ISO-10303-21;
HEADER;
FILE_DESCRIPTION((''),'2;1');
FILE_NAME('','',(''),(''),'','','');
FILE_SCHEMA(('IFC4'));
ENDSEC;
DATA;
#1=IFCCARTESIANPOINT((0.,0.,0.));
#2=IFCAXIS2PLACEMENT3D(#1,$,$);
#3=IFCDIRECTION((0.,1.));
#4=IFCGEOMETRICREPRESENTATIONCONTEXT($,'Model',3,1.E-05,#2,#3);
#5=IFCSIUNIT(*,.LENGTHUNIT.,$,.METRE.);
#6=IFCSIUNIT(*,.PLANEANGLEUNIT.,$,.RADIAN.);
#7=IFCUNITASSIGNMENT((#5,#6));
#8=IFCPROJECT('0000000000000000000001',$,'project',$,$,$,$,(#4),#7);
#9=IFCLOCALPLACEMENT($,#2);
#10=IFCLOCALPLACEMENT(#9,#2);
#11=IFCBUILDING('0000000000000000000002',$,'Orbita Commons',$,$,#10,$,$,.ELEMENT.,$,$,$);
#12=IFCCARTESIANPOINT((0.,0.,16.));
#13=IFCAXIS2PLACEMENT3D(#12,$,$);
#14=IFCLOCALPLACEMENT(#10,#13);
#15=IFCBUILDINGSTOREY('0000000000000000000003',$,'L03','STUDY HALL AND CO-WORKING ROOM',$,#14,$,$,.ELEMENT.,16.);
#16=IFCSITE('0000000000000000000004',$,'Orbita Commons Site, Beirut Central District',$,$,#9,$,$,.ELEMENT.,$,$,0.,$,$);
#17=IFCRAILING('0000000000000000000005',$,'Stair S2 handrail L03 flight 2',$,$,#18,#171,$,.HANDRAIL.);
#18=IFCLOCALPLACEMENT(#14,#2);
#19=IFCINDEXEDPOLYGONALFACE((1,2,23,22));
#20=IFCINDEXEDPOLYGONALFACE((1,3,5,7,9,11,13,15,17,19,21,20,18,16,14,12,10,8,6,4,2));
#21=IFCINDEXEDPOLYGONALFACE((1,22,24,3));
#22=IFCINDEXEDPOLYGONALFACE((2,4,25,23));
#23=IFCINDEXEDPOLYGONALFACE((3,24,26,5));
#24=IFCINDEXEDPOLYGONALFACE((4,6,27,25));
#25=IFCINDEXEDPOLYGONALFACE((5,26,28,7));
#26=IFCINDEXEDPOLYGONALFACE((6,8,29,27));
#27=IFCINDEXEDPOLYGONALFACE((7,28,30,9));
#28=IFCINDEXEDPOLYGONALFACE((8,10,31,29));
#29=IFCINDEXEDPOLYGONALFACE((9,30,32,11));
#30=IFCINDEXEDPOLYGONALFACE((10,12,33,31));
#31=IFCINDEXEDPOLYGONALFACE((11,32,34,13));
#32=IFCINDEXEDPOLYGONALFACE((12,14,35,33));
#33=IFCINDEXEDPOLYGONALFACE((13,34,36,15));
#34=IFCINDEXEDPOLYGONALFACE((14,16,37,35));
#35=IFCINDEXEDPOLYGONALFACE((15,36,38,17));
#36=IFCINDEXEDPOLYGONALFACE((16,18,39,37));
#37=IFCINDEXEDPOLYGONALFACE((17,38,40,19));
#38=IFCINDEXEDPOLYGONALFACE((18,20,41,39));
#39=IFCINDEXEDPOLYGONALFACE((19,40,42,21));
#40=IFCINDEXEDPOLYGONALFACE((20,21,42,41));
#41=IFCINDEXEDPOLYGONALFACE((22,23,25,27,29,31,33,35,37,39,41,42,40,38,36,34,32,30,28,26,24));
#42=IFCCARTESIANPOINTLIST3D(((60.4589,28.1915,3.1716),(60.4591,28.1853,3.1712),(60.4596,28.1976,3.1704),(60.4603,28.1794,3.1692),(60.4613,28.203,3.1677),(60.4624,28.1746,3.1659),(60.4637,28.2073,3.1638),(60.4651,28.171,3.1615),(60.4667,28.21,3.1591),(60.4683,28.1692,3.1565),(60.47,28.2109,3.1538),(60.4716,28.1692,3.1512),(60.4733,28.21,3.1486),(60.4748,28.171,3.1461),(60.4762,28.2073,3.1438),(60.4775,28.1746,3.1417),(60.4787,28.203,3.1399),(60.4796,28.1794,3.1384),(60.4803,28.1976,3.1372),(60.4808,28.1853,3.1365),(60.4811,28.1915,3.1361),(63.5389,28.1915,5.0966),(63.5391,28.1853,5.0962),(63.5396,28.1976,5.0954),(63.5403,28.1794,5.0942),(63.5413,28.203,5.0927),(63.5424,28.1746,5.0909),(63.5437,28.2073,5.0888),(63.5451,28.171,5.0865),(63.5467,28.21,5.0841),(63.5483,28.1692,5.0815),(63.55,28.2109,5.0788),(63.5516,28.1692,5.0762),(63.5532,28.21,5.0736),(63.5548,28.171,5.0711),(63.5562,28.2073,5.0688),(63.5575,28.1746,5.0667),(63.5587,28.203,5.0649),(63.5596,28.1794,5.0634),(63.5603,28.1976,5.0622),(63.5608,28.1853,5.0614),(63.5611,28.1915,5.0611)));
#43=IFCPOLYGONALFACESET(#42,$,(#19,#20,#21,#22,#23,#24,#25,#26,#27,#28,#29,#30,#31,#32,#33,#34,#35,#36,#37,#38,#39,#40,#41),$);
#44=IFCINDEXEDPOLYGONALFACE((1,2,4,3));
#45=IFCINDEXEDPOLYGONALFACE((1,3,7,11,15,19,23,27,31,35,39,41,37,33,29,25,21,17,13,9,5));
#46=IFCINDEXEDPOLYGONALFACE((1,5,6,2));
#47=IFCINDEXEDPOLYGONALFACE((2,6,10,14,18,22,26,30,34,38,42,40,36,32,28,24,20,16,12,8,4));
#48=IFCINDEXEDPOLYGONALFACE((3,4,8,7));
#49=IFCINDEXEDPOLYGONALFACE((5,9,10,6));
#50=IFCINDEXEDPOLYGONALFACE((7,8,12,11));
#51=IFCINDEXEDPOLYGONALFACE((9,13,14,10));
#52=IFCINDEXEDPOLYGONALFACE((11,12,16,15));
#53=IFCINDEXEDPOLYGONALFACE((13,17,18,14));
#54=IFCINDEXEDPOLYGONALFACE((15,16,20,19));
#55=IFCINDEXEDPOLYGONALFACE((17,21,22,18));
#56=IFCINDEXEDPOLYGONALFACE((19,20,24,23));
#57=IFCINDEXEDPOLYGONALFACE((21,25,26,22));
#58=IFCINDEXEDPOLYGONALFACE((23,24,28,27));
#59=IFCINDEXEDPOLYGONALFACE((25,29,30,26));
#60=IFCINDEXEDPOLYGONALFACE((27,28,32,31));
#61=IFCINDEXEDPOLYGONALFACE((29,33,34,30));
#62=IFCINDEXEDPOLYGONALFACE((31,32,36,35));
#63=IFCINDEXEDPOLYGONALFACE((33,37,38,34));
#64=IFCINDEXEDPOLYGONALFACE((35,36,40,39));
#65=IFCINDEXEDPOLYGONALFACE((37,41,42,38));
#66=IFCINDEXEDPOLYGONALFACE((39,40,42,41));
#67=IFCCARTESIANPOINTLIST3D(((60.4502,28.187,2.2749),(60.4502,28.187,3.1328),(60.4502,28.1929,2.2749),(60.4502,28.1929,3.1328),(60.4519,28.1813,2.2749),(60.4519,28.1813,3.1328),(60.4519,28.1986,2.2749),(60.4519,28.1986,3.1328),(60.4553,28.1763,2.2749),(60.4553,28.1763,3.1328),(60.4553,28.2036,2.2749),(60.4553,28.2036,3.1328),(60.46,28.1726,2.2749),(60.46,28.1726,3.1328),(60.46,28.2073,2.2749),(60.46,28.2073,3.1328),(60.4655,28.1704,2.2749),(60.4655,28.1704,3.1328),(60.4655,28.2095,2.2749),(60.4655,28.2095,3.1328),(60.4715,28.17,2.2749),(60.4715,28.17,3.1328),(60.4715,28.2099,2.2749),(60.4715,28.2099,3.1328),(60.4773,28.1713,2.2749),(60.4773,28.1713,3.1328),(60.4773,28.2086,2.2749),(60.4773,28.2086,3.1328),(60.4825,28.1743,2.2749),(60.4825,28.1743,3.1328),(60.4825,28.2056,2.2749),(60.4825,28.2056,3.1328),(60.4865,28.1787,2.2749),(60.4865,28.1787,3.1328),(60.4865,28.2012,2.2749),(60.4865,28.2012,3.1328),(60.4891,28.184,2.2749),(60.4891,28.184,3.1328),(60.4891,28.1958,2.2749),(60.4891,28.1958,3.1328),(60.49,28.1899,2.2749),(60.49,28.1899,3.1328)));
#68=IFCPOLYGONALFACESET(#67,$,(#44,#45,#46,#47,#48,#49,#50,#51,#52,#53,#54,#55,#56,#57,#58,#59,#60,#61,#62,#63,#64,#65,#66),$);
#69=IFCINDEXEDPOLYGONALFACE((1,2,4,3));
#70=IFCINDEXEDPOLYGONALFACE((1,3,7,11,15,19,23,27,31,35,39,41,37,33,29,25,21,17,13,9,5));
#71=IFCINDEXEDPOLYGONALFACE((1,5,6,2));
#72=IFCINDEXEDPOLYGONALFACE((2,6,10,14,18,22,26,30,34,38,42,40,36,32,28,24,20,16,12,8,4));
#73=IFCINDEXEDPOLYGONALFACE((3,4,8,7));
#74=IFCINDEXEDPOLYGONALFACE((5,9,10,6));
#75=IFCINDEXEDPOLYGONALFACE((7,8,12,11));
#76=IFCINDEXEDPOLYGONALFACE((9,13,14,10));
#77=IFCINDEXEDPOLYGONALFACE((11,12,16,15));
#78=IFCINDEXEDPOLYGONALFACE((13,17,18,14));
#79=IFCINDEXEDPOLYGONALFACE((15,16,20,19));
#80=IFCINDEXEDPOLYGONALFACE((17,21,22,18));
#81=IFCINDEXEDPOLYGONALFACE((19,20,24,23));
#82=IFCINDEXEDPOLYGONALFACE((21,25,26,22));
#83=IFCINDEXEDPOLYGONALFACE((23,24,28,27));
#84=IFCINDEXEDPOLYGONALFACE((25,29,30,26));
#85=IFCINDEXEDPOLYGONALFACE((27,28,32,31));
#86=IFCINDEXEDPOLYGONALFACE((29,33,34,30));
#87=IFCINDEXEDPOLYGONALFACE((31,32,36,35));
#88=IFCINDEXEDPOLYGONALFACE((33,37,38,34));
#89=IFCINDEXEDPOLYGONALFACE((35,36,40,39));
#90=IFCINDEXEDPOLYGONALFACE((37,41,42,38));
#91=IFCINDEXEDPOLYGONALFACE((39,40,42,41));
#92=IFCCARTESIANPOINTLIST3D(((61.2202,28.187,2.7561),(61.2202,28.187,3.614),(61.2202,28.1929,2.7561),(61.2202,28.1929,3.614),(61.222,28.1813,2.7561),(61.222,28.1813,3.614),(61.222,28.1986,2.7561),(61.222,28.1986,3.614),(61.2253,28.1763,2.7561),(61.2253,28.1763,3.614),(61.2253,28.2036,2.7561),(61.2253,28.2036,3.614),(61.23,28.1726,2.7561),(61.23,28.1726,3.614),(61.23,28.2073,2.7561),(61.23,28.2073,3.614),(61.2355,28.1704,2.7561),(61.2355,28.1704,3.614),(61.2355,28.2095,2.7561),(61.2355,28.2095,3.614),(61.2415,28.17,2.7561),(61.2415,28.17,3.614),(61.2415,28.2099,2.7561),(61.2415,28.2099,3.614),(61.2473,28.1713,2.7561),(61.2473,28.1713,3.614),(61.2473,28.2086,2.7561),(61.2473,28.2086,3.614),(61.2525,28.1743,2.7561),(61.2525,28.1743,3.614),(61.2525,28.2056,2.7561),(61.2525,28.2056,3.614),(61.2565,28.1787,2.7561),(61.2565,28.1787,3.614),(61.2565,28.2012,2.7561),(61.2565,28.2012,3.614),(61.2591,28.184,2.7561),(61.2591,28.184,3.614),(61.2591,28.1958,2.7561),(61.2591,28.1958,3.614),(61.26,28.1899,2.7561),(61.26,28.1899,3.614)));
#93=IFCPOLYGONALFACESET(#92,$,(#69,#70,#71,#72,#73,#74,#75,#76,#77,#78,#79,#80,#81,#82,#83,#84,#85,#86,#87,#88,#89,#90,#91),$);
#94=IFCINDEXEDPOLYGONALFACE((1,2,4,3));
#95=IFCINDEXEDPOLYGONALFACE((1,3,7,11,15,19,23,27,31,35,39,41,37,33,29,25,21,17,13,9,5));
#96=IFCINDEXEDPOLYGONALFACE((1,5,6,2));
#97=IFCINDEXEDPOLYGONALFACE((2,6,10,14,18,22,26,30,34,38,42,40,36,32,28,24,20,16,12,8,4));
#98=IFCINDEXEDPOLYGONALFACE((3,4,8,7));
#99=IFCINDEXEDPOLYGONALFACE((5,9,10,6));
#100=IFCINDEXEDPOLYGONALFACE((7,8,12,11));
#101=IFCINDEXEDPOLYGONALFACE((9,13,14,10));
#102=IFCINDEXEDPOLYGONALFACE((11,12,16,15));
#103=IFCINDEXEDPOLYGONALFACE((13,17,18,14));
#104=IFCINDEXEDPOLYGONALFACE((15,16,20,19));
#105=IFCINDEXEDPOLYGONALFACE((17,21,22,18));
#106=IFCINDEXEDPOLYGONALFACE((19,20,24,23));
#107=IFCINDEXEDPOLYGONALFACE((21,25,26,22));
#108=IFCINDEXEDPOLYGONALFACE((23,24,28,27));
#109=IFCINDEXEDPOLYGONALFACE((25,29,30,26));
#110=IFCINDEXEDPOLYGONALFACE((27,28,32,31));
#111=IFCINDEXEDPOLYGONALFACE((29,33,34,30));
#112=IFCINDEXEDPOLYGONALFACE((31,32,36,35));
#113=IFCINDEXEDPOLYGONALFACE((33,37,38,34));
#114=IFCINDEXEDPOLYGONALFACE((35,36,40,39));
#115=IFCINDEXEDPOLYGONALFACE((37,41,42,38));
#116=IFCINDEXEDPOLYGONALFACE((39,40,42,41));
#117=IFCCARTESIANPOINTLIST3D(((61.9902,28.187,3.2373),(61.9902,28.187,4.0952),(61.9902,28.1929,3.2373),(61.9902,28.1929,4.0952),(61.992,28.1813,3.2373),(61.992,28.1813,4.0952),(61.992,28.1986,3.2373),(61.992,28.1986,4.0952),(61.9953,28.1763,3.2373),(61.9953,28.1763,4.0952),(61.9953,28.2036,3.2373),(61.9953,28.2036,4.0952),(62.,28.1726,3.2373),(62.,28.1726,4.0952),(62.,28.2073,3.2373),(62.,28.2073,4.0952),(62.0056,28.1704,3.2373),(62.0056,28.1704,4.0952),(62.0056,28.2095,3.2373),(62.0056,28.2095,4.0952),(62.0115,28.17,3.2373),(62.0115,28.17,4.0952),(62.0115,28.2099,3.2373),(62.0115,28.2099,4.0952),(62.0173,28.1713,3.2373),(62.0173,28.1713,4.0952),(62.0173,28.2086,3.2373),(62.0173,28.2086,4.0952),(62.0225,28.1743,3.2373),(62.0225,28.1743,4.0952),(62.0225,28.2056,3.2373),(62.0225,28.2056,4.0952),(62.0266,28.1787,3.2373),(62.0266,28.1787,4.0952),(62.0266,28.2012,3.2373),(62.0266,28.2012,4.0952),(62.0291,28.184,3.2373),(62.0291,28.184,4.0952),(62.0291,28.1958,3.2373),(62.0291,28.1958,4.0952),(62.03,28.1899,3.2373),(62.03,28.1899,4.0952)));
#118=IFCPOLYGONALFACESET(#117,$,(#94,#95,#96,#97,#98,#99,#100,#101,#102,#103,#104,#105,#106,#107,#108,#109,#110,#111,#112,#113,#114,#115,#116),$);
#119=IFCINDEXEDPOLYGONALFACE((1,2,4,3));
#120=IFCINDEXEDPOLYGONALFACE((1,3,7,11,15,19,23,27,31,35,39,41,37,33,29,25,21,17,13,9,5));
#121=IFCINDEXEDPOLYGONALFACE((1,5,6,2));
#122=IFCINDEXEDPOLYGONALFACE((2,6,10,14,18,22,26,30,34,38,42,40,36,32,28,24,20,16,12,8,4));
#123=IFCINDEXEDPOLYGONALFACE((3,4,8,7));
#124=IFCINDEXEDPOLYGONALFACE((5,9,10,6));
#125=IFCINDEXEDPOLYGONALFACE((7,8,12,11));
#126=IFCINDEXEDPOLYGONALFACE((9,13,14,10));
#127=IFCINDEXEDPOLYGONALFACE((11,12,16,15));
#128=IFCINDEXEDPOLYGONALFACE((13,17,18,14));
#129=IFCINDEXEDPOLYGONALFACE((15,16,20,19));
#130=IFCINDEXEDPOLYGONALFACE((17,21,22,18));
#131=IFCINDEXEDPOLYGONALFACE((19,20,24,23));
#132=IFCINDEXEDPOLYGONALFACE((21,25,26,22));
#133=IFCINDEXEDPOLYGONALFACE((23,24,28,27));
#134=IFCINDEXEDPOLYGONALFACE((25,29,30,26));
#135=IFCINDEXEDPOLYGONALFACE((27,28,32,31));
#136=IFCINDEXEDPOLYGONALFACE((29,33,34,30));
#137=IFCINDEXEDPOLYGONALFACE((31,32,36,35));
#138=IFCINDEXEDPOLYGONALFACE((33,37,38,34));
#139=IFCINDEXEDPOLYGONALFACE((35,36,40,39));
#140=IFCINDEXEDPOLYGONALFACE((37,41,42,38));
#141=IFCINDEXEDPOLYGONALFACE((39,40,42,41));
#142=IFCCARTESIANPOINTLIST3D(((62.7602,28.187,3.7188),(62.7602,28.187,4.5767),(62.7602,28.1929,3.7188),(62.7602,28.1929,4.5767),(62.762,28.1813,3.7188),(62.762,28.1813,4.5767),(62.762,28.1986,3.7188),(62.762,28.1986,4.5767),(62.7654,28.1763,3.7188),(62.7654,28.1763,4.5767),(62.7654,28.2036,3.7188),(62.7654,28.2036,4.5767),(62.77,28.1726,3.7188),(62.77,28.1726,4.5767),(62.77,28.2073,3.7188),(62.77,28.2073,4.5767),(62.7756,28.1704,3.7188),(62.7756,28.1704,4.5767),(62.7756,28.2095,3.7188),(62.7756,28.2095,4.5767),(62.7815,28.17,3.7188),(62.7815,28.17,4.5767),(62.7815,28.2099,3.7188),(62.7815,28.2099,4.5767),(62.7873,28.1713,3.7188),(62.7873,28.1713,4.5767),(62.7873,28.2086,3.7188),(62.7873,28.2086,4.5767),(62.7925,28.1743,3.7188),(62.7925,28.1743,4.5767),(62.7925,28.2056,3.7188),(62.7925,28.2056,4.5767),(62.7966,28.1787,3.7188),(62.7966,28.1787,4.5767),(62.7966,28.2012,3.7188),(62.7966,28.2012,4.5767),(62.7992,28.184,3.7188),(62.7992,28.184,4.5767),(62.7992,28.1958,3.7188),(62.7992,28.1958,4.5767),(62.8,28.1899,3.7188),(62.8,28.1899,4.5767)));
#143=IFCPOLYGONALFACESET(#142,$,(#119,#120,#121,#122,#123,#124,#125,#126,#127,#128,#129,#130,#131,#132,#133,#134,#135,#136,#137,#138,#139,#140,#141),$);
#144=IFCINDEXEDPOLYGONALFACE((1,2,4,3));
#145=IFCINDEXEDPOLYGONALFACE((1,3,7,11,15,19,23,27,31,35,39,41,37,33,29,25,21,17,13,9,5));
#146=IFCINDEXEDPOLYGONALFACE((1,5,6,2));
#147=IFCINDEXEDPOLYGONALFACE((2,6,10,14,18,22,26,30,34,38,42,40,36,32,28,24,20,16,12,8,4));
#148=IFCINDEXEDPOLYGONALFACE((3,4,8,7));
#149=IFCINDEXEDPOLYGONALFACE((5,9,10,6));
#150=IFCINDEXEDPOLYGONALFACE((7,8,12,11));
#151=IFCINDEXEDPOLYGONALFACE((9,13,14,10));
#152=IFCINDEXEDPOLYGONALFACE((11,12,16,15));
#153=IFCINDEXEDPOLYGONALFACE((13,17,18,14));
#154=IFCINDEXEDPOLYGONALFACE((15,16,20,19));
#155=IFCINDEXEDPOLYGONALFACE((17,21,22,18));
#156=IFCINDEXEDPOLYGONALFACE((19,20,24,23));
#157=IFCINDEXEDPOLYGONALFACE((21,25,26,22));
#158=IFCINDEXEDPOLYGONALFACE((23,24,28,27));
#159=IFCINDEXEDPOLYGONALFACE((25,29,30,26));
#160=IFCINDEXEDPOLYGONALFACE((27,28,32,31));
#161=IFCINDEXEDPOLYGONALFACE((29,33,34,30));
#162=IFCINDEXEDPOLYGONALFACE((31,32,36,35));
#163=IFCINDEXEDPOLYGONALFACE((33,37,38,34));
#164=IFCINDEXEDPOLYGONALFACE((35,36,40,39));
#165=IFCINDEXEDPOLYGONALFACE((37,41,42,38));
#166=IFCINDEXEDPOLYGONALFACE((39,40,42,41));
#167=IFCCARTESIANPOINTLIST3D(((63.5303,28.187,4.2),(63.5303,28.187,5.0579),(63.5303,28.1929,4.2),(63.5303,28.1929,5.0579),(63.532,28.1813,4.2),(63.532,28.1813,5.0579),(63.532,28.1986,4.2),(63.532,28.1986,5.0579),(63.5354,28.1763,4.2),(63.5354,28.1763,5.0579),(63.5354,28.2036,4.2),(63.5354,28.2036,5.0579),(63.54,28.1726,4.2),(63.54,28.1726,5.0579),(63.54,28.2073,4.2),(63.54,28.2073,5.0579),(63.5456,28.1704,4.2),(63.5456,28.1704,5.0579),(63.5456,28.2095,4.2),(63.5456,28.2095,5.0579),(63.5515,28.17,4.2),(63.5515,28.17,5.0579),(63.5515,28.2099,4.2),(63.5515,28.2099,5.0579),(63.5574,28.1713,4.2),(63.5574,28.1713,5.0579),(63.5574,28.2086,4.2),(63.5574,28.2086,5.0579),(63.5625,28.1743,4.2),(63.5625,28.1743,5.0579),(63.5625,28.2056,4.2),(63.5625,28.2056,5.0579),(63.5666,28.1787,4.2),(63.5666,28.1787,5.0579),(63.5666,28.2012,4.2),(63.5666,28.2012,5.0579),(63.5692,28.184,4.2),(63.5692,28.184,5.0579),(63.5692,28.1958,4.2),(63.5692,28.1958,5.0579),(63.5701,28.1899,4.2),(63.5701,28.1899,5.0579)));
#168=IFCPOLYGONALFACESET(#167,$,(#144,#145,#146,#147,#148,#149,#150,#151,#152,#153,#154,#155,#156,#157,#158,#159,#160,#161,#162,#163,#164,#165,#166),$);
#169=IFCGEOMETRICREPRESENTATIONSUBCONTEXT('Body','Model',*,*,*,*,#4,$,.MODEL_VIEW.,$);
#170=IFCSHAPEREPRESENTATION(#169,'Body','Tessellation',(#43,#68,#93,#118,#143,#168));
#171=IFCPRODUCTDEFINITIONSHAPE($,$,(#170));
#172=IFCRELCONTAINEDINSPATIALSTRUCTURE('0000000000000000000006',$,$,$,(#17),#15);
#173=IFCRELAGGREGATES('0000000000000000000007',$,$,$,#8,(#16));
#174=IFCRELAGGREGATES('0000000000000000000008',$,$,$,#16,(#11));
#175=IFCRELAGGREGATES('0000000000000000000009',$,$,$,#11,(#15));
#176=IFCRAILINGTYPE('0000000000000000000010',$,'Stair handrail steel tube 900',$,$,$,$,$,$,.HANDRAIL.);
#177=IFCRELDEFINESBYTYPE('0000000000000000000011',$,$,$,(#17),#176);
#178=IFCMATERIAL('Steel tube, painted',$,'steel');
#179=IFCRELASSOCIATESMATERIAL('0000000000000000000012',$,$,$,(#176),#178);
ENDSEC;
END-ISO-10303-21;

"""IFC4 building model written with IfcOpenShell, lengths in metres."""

from ifc_helpers import new_model, si_unit, direction, frame, origin, origin_2d, place, context, subcontext, project, spatial, circle, extrude, material, type_object, element, save


model = new_model("IFC4")

# Units and contexts
model_context = context("Model", 3, precision=1e-05, world=origin(), true_north=direction((0.0, 1.0)))
body_context = subcontext(model_context, "Body", "Model", "MODEL_VIEW")
ifc_project = project(units=[si_unit("LENGTHUNIT", "METRE"), si_unit("PLANEANGLEUNIT", "RADIAN")], contexts=[model_context])

# Site, building, storey
site_placement = place(None, origin())
site = spatial("IfcSite", under=ifc_project, at=site_placement, Name="Orbita Commons Site, Beirut Central District", CompositionType="ELEMENT", RefElevation=0.0)
building_placement = place(site_placement, origin())
building = spatial("IfcBuilding", under=site, at=building_placement, Name="Orbita Commons", CompositionType="ELEMENT")
storey_placement = place(building_placement, frame((0.0, 0.0, 16.0)))
storey = spatial("IfcBuildingStorey", under=building, at=storey_placement, Name="L03", Description="STUDY HALL AND CO-WORKING ROOM", CompositionType="ELEMENT", Elevation=16.0)

# Railing
ifc_material_1 = material(Name="Steel tube, painted", Category="steel")
railing_type = type_object("IfcRailingType", Name="Stair handrail steel tube 900", PredefinedType="HANDRAIL", material=ifc_material_1)
for number, where, name in (
    (1, (60.47, 28.1899, 2.2749), "Stair S2 handrail L03 flight 2"),
):
    element("IfcRailing", number, at=place(storey_placement, frame(where)), inside=storey, type_object=railing_type, Name=name, PredefinedType="HANDRAIL", context=body_context, shape_type="SweptSolid", body=[
        extrude(circle(Radius=0.021, at=origin_2d()), frame((0.0, 0.0, 0.8789), z_axis=(0.847998, 0.0, 0.529999), x_axis=(0.0, 1.0, 0.0)), (0.0, 0.0, 1.0), 3.6321),
        extrude(circle(Radius=0.02, at=origin_2d()), origin(), (0.0, 0.0, 1.0), 0.8579),
        extrude(circle(Radius=0.02, at=origin_2d()), frame((0.77, 0.0, 0.4812)), (0.0, 0.0, 1.0), 0.8579),
        extrude(circle(Radius=0.02, at=origin_2d()), frame((1.54, 0.0, 0.9624)), (0.0, 0.0, 1.0), 0.8579),
        extrude(circle(Radius=0.02, at=origin_2d()), frame((2.3101, 0.0, 1.4438)), (0.0, 0.0, 1.0), 0.8579),
        extrude(circle(Radius=0.02, at=origin_2d()), frame((3.0801, 0.0, 1.925)), (0.0, 0.0, 1.0), 0.8579),
    ])

save(model, "model.ifc")
